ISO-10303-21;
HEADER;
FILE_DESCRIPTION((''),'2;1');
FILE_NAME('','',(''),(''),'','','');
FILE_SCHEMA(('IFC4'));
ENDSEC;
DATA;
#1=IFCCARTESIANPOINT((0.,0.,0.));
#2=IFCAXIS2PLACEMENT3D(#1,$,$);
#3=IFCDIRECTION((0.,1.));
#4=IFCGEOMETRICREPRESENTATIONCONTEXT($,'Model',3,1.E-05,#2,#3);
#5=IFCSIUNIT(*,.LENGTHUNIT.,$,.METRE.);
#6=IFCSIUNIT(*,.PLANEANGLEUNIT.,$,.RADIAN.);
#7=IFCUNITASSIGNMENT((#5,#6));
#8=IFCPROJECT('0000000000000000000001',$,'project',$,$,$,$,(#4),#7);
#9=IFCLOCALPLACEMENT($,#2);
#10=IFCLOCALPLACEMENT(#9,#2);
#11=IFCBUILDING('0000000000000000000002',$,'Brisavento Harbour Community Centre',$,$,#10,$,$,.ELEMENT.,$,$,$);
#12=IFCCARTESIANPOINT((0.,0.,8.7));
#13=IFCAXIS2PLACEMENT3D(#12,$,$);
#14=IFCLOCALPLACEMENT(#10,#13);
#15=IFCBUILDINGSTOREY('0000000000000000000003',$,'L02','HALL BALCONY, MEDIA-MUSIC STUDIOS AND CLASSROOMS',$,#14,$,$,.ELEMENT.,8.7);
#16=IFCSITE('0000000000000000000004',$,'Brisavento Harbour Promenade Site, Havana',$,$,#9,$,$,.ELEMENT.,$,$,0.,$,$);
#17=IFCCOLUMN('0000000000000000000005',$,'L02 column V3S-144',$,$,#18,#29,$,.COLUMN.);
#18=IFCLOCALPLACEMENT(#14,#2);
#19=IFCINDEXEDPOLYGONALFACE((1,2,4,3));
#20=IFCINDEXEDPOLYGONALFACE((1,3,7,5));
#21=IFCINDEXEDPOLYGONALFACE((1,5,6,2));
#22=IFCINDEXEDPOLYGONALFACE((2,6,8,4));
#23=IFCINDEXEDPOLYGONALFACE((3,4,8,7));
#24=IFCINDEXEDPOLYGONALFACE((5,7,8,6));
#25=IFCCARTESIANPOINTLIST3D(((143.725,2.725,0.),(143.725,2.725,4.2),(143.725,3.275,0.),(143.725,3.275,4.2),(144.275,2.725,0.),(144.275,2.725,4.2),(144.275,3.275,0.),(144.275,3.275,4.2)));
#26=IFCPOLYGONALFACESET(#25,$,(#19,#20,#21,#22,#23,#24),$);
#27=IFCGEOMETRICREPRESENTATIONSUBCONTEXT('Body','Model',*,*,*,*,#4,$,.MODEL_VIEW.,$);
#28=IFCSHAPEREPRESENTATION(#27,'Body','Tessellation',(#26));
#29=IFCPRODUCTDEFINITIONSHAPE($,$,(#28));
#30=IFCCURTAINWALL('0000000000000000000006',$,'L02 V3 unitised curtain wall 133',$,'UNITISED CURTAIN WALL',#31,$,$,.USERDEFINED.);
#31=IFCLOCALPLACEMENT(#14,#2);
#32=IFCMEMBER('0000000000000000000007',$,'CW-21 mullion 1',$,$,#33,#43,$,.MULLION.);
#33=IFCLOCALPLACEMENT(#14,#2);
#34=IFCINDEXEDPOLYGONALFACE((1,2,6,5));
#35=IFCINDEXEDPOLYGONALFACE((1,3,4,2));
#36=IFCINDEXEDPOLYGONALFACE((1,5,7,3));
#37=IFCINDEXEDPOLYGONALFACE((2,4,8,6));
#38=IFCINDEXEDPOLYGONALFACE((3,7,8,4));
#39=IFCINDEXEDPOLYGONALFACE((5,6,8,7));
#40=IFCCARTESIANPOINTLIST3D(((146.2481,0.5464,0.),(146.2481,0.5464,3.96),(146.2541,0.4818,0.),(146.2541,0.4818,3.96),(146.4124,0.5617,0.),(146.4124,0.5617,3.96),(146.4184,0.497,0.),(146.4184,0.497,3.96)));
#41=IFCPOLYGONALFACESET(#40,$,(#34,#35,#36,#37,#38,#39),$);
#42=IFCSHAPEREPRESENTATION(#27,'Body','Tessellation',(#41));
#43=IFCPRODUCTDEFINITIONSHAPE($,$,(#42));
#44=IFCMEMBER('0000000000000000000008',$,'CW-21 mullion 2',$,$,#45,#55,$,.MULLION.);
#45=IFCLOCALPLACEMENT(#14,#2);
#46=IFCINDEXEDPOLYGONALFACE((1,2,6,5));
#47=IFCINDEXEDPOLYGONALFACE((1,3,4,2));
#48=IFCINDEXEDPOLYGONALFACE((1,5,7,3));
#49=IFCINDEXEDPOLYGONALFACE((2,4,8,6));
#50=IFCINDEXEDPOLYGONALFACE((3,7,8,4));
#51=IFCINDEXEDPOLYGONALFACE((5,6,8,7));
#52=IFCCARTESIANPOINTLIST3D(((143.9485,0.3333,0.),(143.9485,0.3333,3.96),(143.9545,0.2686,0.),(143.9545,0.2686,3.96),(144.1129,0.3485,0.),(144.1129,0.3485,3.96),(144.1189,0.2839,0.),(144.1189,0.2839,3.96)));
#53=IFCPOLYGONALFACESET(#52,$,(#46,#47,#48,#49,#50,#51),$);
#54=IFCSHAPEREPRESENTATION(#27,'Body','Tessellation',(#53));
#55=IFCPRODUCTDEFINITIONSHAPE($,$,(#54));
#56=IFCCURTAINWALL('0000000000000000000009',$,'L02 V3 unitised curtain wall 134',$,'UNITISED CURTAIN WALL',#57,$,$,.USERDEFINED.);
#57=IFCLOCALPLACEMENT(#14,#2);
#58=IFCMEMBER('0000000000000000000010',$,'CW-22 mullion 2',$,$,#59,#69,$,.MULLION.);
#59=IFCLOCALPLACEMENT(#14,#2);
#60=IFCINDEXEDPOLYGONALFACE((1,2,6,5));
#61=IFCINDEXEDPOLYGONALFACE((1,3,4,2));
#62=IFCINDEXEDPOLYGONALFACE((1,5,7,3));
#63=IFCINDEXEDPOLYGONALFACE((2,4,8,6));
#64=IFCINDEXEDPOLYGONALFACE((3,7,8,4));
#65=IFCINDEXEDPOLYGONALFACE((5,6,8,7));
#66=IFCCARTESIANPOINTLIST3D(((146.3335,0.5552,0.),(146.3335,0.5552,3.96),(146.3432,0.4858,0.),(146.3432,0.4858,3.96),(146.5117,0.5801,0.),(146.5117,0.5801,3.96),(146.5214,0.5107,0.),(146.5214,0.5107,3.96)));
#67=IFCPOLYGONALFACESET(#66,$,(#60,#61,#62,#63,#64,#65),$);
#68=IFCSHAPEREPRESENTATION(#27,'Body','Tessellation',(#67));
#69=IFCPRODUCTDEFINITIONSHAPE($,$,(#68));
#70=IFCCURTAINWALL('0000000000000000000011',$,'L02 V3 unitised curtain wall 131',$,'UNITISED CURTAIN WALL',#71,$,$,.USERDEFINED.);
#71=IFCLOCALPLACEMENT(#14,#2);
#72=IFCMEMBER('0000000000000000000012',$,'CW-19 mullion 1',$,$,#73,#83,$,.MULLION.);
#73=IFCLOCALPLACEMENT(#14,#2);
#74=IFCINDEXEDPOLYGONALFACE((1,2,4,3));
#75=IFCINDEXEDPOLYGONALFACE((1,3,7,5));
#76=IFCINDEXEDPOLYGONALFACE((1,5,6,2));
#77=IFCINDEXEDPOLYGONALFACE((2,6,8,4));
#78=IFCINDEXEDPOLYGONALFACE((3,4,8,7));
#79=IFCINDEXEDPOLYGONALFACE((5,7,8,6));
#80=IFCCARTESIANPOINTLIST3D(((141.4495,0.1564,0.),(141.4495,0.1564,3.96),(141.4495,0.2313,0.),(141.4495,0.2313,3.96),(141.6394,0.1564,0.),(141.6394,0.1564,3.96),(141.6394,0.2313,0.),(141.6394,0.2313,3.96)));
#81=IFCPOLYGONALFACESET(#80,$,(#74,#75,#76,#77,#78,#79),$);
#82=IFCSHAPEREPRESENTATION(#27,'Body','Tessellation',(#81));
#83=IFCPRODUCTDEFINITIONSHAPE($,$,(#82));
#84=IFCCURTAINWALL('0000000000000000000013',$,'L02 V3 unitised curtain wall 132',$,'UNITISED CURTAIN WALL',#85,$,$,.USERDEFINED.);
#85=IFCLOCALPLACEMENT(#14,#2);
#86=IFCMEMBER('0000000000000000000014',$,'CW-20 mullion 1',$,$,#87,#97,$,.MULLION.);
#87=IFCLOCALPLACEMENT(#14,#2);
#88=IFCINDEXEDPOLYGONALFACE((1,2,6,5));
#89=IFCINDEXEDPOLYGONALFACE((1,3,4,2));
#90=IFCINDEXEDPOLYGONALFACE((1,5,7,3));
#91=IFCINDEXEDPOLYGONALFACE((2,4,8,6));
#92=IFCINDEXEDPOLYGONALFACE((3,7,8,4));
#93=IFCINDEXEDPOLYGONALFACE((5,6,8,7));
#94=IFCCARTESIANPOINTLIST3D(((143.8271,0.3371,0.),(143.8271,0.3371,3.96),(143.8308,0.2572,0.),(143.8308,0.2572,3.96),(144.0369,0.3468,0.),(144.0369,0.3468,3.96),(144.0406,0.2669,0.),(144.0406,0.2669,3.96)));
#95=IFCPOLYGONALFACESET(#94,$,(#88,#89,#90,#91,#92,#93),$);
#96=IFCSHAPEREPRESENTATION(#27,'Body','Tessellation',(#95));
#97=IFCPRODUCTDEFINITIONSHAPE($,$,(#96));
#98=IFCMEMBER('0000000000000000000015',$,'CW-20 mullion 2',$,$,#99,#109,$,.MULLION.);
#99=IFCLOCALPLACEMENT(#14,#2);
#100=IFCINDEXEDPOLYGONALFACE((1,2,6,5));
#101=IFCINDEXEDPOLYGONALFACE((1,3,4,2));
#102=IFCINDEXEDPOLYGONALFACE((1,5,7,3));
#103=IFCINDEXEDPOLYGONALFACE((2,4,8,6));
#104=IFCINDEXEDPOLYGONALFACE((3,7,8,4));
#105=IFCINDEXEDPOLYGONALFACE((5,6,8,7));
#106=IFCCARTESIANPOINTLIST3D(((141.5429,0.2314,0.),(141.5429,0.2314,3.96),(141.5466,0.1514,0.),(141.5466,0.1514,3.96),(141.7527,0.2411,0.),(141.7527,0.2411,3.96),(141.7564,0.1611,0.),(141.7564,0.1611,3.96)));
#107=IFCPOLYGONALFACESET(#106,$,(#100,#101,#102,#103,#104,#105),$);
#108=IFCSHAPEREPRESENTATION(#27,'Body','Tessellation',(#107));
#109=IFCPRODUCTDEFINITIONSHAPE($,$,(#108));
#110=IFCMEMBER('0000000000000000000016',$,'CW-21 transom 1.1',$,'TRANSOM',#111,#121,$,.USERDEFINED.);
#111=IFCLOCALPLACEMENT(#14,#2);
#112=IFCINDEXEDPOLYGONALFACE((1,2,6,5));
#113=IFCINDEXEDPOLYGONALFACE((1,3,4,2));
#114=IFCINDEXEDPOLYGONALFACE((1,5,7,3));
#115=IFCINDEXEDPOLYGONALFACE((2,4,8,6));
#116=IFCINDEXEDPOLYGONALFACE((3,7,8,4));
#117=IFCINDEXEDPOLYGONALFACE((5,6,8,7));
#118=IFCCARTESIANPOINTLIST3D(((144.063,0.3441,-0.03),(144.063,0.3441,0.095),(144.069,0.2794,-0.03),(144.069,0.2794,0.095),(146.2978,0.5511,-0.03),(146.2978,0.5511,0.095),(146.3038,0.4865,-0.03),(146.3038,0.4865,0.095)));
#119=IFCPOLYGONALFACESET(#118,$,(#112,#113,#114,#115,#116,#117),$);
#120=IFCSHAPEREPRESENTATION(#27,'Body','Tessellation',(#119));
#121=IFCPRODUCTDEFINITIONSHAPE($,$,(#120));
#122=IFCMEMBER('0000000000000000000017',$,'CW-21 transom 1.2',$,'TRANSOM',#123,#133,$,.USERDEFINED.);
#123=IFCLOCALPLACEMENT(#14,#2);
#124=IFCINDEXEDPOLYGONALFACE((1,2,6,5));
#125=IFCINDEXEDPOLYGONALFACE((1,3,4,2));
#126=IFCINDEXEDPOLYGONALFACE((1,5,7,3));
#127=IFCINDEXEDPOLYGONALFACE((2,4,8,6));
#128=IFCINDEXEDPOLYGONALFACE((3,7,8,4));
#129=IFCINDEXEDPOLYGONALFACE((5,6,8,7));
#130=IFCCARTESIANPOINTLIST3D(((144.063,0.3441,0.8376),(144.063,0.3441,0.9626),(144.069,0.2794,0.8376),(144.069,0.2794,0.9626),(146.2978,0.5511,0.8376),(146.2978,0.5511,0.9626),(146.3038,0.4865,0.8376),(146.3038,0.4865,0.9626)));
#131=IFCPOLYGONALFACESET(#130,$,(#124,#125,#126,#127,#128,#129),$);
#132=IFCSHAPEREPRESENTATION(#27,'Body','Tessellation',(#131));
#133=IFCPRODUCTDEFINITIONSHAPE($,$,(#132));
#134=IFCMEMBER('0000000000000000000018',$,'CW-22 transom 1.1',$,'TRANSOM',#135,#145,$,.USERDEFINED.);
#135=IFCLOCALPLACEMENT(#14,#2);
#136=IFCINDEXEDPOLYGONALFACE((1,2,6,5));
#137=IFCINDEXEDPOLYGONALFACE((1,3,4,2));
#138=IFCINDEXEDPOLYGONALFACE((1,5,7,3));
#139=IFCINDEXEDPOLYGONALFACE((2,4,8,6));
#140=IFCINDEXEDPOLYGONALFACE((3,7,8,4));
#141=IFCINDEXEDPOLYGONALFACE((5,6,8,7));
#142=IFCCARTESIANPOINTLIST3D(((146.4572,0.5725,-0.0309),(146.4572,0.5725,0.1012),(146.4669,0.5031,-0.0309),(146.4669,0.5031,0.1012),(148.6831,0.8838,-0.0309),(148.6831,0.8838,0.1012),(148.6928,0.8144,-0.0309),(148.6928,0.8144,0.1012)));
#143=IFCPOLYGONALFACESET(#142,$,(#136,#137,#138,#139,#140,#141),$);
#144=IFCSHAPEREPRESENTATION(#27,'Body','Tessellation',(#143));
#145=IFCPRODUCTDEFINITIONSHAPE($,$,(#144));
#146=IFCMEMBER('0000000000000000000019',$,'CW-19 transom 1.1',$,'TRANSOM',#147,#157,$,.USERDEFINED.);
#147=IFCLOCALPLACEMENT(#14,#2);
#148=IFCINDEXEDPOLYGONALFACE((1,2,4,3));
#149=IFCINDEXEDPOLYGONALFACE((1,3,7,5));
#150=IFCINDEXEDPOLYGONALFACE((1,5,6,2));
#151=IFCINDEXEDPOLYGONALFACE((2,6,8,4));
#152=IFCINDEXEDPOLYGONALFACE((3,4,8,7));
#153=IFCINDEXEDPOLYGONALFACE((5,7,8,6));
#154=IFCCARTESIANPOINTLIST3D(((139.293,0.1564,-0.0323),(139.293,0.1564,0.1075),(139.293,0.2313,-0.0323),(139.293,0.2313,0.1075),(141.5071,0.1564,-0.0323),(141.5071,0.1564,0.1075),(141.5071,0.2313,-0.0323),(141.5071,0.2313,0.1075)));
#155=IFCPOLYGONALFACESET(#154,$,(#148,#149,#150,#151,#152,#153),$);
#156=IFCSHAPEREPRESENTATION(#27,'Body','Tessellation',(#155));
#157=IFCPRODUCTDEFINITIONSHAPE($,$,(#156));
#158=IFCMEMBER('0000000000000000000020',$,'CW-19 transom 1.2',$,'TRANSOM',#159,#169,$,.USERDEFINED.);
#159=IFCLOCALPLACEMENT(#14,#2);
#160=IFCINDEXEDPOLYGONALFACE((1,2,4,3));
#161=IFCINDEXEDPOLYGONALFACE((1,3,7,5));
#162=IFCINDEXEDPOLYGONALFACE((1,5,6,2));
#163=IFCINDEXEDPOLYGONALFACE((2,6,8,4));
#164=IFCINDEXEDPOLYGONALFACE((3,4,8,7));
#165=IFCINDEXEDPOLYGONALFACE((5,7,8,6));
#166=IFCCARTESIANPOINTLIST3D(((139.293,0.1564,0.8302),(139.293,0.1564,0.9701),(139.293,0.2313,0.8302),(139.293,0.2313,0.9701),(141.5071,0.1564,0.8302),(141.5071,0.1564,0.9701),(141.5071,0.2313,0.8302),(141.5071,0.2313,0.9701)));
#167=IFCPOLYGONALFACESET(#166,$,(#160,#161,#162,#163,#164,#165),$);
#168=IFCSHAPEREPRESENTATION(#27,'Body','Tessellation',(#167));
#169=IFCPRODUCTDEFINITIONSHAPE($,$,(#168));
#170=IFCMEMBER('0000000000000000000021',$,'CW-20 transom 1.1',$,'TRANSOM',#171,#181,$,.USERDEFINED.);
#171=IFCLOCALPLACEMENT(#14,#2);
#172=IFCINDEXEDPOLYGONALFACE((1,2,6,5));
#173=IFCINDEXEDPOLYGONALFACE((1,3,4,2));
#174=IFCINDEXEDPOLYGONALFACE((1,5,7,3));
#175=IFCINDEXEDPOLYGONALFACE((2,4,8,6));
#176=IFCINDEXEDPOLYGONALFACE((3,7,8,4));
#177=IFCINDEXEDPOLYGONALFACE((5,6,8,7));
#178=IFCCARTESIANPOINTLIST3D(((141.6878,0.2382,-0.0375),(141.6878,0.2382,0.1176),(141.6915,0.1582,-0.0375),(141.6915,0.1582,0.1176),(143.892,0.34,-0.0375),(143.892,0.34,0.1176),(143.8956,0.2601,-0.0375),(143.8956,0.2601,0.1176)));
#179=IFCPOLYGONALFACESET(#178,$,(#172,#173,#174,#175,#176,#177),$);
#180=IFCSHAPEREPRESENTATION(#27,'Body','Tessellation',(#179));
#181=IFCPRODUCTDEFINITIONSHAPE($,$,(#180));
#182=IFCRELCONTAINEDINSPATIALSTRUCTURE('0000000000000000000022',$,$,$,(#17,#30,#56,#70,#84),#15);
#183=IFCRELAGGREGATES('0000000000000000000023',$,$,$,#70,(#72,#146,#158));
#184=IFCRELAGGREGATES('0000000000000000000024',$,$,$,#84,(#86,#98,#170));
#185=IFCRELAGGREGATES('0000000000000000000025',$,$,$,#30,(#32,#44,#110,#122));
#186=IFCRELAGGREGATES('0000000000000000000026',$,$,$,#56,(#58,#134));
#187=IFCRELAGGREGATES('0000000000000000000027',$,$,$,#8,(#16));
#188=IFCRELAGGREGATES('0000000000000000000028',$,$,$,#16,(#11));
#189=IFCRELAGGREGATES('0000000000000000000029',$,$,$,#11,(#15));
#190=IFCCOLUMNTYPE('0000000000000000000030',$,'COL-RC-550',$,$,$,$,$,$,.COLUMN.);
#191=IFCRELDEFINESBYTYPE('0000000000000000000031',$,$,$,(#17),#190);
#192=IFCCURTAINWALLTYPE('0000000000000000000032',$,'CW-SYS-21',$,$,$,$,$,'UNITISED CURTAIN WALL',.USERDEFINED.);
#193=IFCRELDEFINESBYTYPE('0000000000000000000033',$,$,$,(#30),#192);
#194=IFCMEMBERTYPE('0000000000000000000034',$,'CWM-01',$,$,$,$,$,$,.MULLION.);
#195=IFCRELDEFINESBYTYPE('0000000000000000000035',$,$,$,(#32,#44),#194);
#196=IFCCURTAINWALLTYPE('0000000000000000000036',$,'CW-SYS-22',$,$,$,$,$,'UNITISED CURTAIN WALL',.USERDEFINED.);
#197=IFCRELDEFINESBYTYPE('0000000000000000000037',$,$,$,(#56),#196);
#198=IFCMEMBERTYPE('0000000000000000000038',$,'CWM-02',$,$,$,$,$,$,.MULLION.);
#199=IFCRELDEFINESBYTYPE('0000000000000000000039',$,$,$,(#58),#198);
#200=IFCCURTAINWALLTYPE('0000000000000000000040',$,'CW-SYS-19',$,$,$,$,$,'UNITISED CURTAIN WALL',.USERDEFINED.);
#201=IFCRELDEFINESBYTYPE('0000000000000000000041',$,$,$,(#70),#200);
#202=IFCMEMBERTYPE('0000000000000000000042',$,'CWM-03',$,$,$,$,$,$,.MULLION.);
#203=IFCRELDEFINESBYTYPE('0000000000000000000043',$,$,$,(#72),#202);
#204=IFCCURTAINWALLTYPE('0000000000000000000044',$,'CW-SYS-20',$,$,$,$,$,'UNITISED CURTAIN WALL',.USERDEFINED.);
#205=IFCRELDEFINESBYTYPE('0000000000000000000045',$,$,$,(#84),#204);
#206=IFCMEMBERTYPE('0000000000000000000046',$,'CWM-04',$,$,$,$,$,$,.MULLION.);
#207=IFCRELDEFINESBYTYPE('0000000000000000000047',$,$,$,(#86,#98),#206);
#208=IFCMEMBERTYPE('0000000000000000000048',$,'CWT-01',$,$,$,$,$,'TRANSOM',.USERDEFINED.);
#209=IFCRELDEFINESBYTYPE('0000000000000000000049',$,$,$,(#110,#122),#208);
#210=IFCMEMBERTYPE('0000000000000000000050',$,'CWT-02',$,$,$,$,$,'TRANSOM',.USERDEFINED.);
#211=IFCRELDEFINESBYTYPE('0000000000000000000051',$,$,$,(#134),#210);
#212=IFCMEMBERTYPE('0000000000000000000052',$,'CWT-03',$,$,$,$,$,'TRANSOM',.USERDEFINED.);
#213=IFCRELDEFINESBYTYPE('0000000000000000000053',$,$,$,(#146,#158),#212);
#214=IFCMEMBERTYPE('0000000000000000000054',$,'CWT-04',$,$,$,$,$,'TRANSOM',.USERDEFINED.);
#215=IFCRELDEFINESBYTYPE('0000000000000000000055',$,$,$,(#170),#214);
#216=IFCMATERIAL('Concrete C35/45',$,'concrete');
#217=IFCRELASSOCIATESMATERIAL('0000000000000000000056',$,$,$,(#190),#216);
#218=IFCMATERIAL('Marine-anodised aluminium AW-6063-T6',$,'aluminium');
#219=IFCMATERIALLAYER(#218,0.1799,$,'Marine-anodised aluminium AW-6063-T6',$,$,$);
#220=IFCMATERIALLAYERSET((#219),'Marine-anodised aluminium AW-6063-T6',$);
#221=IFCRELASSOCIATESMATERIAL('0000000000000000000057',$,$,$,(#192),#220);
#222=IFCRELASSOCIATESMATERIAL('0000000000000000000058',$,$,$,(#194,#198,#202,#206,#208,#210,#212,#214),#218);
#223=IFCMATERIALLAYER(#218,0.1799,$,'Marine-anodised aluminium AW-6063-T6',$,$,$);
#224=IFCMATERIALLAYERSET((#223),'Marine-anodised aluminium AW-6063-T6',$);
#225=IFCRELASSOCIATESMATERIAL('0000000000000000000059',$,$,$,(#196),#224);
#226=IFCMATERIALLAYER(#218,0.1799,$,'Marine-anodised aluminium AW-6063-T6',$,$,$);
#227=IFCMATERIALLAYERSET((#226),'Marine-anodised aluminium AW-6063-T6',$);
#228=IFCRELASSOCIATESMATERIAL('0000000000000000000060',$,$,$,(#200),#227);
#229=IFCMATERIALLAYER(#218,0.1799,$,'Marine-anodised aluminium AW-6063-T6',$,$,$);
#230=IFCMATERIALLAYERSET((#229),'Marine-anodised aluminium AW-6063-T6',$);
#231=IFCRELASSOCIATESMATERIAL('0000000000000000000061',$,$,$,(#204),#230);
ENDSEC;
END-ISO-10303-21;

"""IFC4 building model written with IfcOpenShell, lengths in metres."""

from ifc_helpers import new_model, si_unit, direction, frame, origin, origin_2d, place, context, subcontext, project, spatial, rectangle, extrude, material, layer, layer_set, material_profile, profile_set, type_object, element, aggregate, save


model = new_model("IFC4")

# Units and contexts
model_context = context("Model", 3, precision=1e-05, world=origin(), true_north=direction((0.0, 1.0)))
body_context = subcontext(model_context, "Body", "Model", "MODEL_VIEW")
ifc_project = project(units=[si_unit("LENGTHUNIT", "METRE"), si_unit("PLANEANGLEUNIT", "RADIAN")], contexts=[model_context])

# Site, building, storey
site_placement = place(None, origin())
site = spatial("IfcSite", under=ifc_project, at=site_placement, Name="Brisavento Harbour Promenade Site, Havana", CompositionType="ELEMENT", RefElevation=0.0)
building_placement = place(site_placement, origin())
building = spatial("IfcBuilding", under=site, at=building_placement, Name="Brisavento Harbour Community Centre", CompositionType="ELEMENT")
storey_placement = place(building_placement, frame((0.0, 0.0, 8.7)))
storey = spatial("IfcBuildingStorey", under=building, at=storey_placement, Name="L02", Description="HALL BALCONY, MEDIA-MUSIC STUDIOS AND CLASSROOMS", CompositionType="ELEMENT", Elevation=8.7)

# Column
ifc_material_1 = material(Name="Concrete C35/45", Category="concrete")
ifc_material_profile_1 = material_profile(ifc_material_1, rectangle(XDim=0.55, YDim=0.55, at=origin_2d()), Name="Concrete C35/45")
ifc_profile_set_1 = profile_set([ifc_material_profile_1], Name="Concrete C35/45")
column_type = type_object("IfcColumnType", Name="COL-RC-550", PredefinedType="COLUMN", material=ifc_profile_set_1)
column_placement = place(storey_placement, frame((144.0, 3.0, 0.0), z_axis=(0.0, 0.0, 1.0), x_axis=(1.0, 0.0, 0.0)))
element("IfcColumn", 1, at=column_placement, inside=storey, type_object=column_type, Name="L02 column V3S-144", PredefinedType="COLUMN", context=body_context, shape_type="SweptSolid", body=[
    extrude(rectangle(XDim=0.55, YDim=0.55, at=origin_2d()), origin(), (0.0, 0.0, 1.0), 4.2),
])

# Curtain wall, members
ifc_material_2 = material(Name="Marine-anodised aluminium AW-6063-T6", Category="aluminium")
ifc_layer_1 = layer(ifc_material_2, 0.1799, Name="Marine-anodised aluminium AW-6063-T6")
ifc_layer_set_1 = layer_set([ifc_layer_1], Name="Marine-anodised aluminium AW-6063-T6")
curtain_wall_type_1 = type_object("IfcCurtainWallType", Name="CW-SYS-21", ElementType="UNITISED CURTAIN WALL", PredefinedType="USERDEFINED", material=ifc_layer_set_1)
curtain_wall_1_placement = place(storey_placement, origin())
curtain_wall_1 = element("IfcCurtainWall", 2, at=curtain_wall_1_placement, inside=storey, type_object=curtain_wall_type_1, Name="L02 V3 unitised curtain wall 133", ObjectType="UNITISED CURTAIN WALL", PredefinedType="USERDEFINED")
ifc_material_profile_2 = material_profile(ifc_material_2, rectangle(XDim=0.0649, YDim=0.165, at=origin_2d()), Name="Marine-anodised aluminium AW-6063-T6")
ifc_profile_set_2 = profile_set([ifc_material_profile_2], Name="Marine-anodised aluminium AW-6063-T6")
member_type_1 = type_object("IfcMemberType", Name="CWM-01", PredefinedType="MULLION", material=ifc_profile_set_2)
member_1_placement = place(storey_placement, frame((146.3333, 0.5217, 0.0), z_axis=(0.0, 0.0, 1.0), x_axis=(0.092279, -0.995733, 0.0)))
member_1 = element("IfcMember", 3, at=member_1_placement, type_object=member_type_1, Name="CW-21 mullion 1", PredefinedType="MULLION", context=body_context, shape_type="SweptSolid", body=[
    extrude(rectangle(XDim=0.0649, YDim=0.165, at=origin_2d()), origin(), (0.0, 0.0, 1.0), 3.96),
])
member_2_placement = place(storey_placement, frame((144.0337, 0.3086, 0.0), z_axis=(0.0, 0.0, 1.0), x_axis=(0.092279, -0.995733, 0.0)))
member_2 = element("IfcMember", 4, at=member_2_placement, type_object=member_type_1, Name="CW-21 mullion 2", PredefinedType="MULLION", context=body_context, shape_type="SweptSolid", body=[
    extrude(rectangle(XDim=0.0649, YDim=0.165, at=origin_2d()), origin(), (0.0, 0.0, 1.0), 3.96),
])

# Curtain walls, members
ifc_layer_2 = layer(ifc_material_2, 0.1799, Name="Marine-anodised aluminium AW-6063-T6")
ifc_layer_set_2 = layer_set([ifc_layer_2], Name="Marine-anodised aluminium AW-6063-T6")
curtain_wall_type_2 = type_object("IfcCurtainWallType", Name="CW-SYS-22", ElementType="UNITISED CURTAIN WALL", PredefinedType="USERDEFINED", material=ifc_layer_set_2)
curtain_wall_2_placement = place(storey_placement, origin())
curtain_wall_2 = element("IfcCurtainWall", 5, at=curtain_wall_2_placement, inside=storey, type_object=curtain_wall_type_2, Name="L02 V3 unitised curtain wall 134", ObjectType="UNITISED CURTAIN WALL", PredefinedType="USERDEFINED")
ifc_material_profile_3 = material_profile(ifc_material_2, rectangle(XDim=0.0701, YDim=0.1799, at=origin_2d()), Name="Marine-anodised aluminium AW-6063-T6")
ifc_profile_set_3 = profile_set([ifc_material_profile_3], Name="Marine-anodised aluminium AW-6063-T6")
member_type_2 = type_object("IfcMemberType", Name="CWM-02", PredefinedType="MULLION", material=ifc_profile_set_3)
member_3_placement = place(storey_placement, frame((146.4275, 0.533, 0.0), z_axis=(0.0, 0.0, 1.0), x_axis=(0.138477, -0.990366, 0.0)))
member_3 = element("IfcMember", 6, at=member_3_placement, type_object=member_type_2, Name="CW-22 mullion 2", PredefinedType="MULLION", context=body_context, shape_type="SweptSolid", body=[
    extrude(rectangle(XDim=0.0701, YDim=0.1799, at=origin_2d()), origin(), (0.0, 0.0, 1.0), 3.96),
])
ifc_layer_3 = layer(ifc_material_2, 0.1799, Name="Marine-anodised aluminium AW-6063-T6")
ifc_layer_set_3 = layer_set([ifc_layer_3], Name="Marine-anodised aluminium AW-6063-T6")
curtain_wall_type_3 = type_object("IfcCurtainWallType", Name="CW-SYS-19", ElementType="UNITISED CURTAIN WALL", PredefinedType="USERDEFINED", material=ifc_layer_set_3)
curtain_wall_3_placement = place(storey_placement, origin())
curtain_wall_3 = element("IfcCurtainWall", 7, at=curtain_wall_3_placement, inside=storey, type_object=curtain_wall_type_3, Name="L02 V3 unitised curtain wall 131", ObjectType="UNITISED CURTAIN WALL", PredefinedType="USERDEFINED")
ifc_material_profile_4 = material_profile(ifc_material_2, rectangle(XDim=0.075, YDim=0.1899, at=origin_2d()), Name="Marine-anodised aluminium AW-6063-T6")
ifc_profile_set_4 = profile_set([ifc_material_profile_4], Name="Marine-anodised aluminium AW-6063-T6")
member_type_3 = type_object("IfcMemberType", Name="CWM-03", PredefinedType="MULLION", material=ifc_profile_set_4)
member_4_placement = place(storey_placement, frame((141.5444, 0.1938, 0.0), z_axis=(0.0, 0.0, 1.0), x_axis=(0.0, -1.0, 0.0)))
member_4 = element("IfcMember", 8, at=member_4_placement, type_object=member_type_3, Name="CW-19 mullion 1", PredefinedType="MULLION", context=body_context, shape_type="SweptSolid", body=[
    extrude(rectangle(XDim=0.075, YDim=0.1899, at=origin_2d()), origin(), (0.0, 0.0, 1.0), 3.96),
])

# Curtain wall, members
ifc_layer_4 = layer(ifc_material_2, 0.1799, Name="Marine-anodised aluminium AW-6063-T6")
ifc_layer_set_4 = layer_set([ifc_layer_4], Name="Marine-anodised aluminium AW-6063-T6")
curtain_wall_type_4 = type_object("IfcCurtainWallType", Name="CW-SYS-20", ElementType="UNITISED CURTAIN WALL", PredefinedType="USERDEFINED", material=ifc_layer_set_4)
curtain_wall_4_placement = place(storey_placement, origin())
curtain_wall_4 = element("IfcCurtainWall", 9, at=curtain_wall_4_placement, inside=storey, type_object=curtain_wall_type_4, Name="L02 V3 unitised curtain wall 132", ObjectType="UNITISED CURTAIN WALL", PredefinedType="USERDEFINED")
ifc_material_profile_5 = material_profile(ifc_material_2, rectangle(XDim=0.0801, YDim=0.21, at=origin_2d()), Name="Marine-anodised aluminium AW-6063-T6")
ifc_profile_set_5 = profile_set([ifc_material_profile_5], Name="Marine-anodised aluminium AW-6063-T6")
member_type_4 = type_object("IfcMemberType", Name="CWM-04", PredefinedType="MULLION", material=ifc_profile_set_5)
member_5_placement = place(storey_placement, frame((143.9338, 0.302, 0.0), z_axis=(0.0, 0.0, 1.0), x_axis=(0.046186, -0.998933, 0.0)))
member_5 = element("IfcMember", 10, at=member_5_placement, type_object=member_type_4, Name="CW-20 mullion 1", PredefinedType="MULLION", context=body_context, shape_type="SweptSolid", body=[
    extrude(rectangle(XDim=0.0801, YDim=0.21, at=origin_2d()), origin(), (0.0, 0.0, 1.0), 3.96),
])
member_6_placement = place(storey_placement, frame((141.6497, 0.1963, 0.0), z_axis=(0.0, 0.0, 1.0), x_axis=(0.046186, -0.998933, 0.0)))
member_6 = element("IfcMember", 11, at=member_6_placement, type_object=member_type_4, Name="CW-20 mullion 2", PredefinedType="MULLION", context=body_context, shape_type="SweptSolid", body=[
    extrude(rectangle(XDim=0.0801, YDim=0.21, at=origin_2d()), origin(), (0.0, 0.0, 1.0), 3.96),
])

# Members
ifc_material_profile_6 = material_profile(ifc_material_2, rectangle(XDim=0.0649, YDim=0.125, at=origin_2d()), Name="Marine-anodised aluminium AW-6063-T6")
ifc_profile_set_6 = profile_set([ifc_material_profile_6], Name="Marine-anodised aluminium AW-6063-T6")
member_type_5 = type_object("IfcMemberType", Name="CWT-01", ElementType="TRANSOM", PredefinedType="USERDEFINED", material=ifc_profile_set_6)
member_7_placement = place(storey_placement, frame((146.3008, 0.5188, 0.0325), z_axis=(-0.995737, -0.092242, 0.0), x_axis=(0.092242, -0.995737, 0.0)))
member_7 = element("IfcMember", 12, at=member_7_placement, type_object=member_type_5, Name="CW-21 transom 1.1", ObjectType="TRANSOM", PredefinedType="USERDEFINED", context=body_context, shape_type="SweptSolid", body=[
    extrude(rectangle(XDim=0.0649, YDim=0.125, at=origin_2d()), origin(), (0.0, 0.0, 1.0), 2.2444),
])
member_8_placement = place(storey_placement, frame((146.3008, 0.5188, 0.9001), z_axis=(-0.995737, -0.092242, 0.0), x_axis=(0.092242, -0.995737, 0.0)))
member_8 = element("IfcMember", 13, at=member_8_placement, type_object=member_type_5, Name="CW-21 transom 1.2", ObjectType="TRANSOM", PredefinedType="USERDEFINED", context=body_context, shape_type="SweptSolid", body=[
    extrude(rectangle(XDim=0.0649, YDim=0.125, at=origin_2d()), origin(), (0.0, 0.0, 1.0), 2.2444),
])
ifc_material_profile_7 = material_profile(ifc_material_2, rectangle(XDim=0.0701, YDim=0.1321, at=origin_2d()), Name="Marine-anodised aluminium AW-6063-T6")
ifc_profile_set_7 = profile_set([ifc_material_profile_7], Name="Marine-anodised aluminium AW-6063-T6")
member_type_6 = type_object("IfcMemberType", Name="CWT-02", ElementType="TRANSOM", PredefinedType="USERDEFINED", material=ifc_profile_set_7)
member_9_placement = place(storey_placement, frame((148.688, 0.8491, 0.0352), z_axis=(-0.990362, -0.138501, 0.0), x_axis=(0.138501, -0.990362, 0.0)))
member_9 = element("IfcMember", 14, at=member_9_placement, type_object=member_type_6, Name="CW-22 transom 1.1", ObjectType="TRANSOM", PredefinedType="USERDEFINED", context=body_context, shape_type="SweptSolid", body=[
    extrude(rectangle(XDim=0.0701, YDim=0.1321, at=origin_2d()), origin(), (0.0, 0.0, 1.0), 2.2476),
])
ifc_material_profile_8 = material_profile(ifc_material_2, rectangle(XDim=0.075, YDim=0.1399, at=origin_2d()), Name="Marine-anodised aluminium AW-6063-T6")
ifc_profile_set_8 = profile_set([ifc_material_profile_8], Name="Marine-anodised aluminium AW-6063-T6")
member_type_7 = type_object("IfcMemberType", Name="CWT-03", ElementType="TRANSOM", PredefinedType="USERDEFINED", material=ifc_profile_set_8)
member_10_placement = place(storey_placement, frame((141.5071, 0.1938, 0.0376), z_axis=(-1.0, 0.0, 0.0), x_axis=(0.0, -1.0, 0.0)))
member_10 = element("IfcMember", 15, at=member_10_placement, type_object=member_type_7, Name="CW-19 transom 1.1", ObjectType="TRANSOM", PredefinedType="USERDEFINED", context=body_context, shape_type="SweptSolid", body=[
    extrude(rectangle(XDim=0.075, YDim=0.1399, at=origin_2d()), origin(), (0.0, 0.0, 1.0), 2.2141),
])
member_11_placement = place(storey_placement, frame((141.5071, 0.1938, 0.9001), z_axis=(-1.0, 0.0, 0.0), x_axis=(0.0, -1.0, 0.0)))
member_11 = element("IfcMember", 16, at=member_11_placement, type_object=member_type_7, Name="CW-19 transom 1.2", ObjectType="TRANSOM", PredefinedType="USERDEFINED", context=body_context, shape_type="SweptSolid", body=[
    extrude(rectangle(XDim=0.075, YDim=0.1399, at=origin_2d()), origin(), (0.0, 0.0, 1.0), 2.2141),
])
aggregate(curtain_wall_3, [member_4, member_10, member_11])
ifc_material_profile_9 = material_profile(ifc_material_2, rectangle(XDim=0.0801, YDim=0.155, at=origin_2d()), Name="Marine-anodised aluminium AW-6063-T6")
ifc_profile_set_9 = profile_set([ifc_material_profile_9], Name="Marine-anodised aluminium AW-6063-T6")
member_type_8 = type_object("IfcMemberType", Name="CWT-04", ElementType="TRANSOM", PredefinedType="USERDEFINED", material=ifc_profile_set_9)
member_12_placement = place(storey_placement, frame((143.8938, 0.3, 0.04), z_axis=(-0.998935, -0.04614, 0.0), x_axis=(0.04614, -0.998935, 0.0)))
member_12 = element("IfcMember", 17, at=member_12_placement, type_object=member_type_8, Name="CW-20 transom 1.1", ObjectType="TRANSOM", PredefinedType="USERDEFINED", context=body_context, shape_type="SweptSolid", body=[
    extrude(rectangle(XDim=0.0801, YDim=0.155, at=origin_2d()), origin(), (0.0, 0.0, 1.0), 2.2065),
])

aggregate(curtain_wall_4, [member_5, member_6, member_12])
aggregate(curtain_wall_1, [member_1, member_2, member_7, member_8])
aggregate(curtain_wall_2, [member_3, member_9])

save(model, "model.ifc")
